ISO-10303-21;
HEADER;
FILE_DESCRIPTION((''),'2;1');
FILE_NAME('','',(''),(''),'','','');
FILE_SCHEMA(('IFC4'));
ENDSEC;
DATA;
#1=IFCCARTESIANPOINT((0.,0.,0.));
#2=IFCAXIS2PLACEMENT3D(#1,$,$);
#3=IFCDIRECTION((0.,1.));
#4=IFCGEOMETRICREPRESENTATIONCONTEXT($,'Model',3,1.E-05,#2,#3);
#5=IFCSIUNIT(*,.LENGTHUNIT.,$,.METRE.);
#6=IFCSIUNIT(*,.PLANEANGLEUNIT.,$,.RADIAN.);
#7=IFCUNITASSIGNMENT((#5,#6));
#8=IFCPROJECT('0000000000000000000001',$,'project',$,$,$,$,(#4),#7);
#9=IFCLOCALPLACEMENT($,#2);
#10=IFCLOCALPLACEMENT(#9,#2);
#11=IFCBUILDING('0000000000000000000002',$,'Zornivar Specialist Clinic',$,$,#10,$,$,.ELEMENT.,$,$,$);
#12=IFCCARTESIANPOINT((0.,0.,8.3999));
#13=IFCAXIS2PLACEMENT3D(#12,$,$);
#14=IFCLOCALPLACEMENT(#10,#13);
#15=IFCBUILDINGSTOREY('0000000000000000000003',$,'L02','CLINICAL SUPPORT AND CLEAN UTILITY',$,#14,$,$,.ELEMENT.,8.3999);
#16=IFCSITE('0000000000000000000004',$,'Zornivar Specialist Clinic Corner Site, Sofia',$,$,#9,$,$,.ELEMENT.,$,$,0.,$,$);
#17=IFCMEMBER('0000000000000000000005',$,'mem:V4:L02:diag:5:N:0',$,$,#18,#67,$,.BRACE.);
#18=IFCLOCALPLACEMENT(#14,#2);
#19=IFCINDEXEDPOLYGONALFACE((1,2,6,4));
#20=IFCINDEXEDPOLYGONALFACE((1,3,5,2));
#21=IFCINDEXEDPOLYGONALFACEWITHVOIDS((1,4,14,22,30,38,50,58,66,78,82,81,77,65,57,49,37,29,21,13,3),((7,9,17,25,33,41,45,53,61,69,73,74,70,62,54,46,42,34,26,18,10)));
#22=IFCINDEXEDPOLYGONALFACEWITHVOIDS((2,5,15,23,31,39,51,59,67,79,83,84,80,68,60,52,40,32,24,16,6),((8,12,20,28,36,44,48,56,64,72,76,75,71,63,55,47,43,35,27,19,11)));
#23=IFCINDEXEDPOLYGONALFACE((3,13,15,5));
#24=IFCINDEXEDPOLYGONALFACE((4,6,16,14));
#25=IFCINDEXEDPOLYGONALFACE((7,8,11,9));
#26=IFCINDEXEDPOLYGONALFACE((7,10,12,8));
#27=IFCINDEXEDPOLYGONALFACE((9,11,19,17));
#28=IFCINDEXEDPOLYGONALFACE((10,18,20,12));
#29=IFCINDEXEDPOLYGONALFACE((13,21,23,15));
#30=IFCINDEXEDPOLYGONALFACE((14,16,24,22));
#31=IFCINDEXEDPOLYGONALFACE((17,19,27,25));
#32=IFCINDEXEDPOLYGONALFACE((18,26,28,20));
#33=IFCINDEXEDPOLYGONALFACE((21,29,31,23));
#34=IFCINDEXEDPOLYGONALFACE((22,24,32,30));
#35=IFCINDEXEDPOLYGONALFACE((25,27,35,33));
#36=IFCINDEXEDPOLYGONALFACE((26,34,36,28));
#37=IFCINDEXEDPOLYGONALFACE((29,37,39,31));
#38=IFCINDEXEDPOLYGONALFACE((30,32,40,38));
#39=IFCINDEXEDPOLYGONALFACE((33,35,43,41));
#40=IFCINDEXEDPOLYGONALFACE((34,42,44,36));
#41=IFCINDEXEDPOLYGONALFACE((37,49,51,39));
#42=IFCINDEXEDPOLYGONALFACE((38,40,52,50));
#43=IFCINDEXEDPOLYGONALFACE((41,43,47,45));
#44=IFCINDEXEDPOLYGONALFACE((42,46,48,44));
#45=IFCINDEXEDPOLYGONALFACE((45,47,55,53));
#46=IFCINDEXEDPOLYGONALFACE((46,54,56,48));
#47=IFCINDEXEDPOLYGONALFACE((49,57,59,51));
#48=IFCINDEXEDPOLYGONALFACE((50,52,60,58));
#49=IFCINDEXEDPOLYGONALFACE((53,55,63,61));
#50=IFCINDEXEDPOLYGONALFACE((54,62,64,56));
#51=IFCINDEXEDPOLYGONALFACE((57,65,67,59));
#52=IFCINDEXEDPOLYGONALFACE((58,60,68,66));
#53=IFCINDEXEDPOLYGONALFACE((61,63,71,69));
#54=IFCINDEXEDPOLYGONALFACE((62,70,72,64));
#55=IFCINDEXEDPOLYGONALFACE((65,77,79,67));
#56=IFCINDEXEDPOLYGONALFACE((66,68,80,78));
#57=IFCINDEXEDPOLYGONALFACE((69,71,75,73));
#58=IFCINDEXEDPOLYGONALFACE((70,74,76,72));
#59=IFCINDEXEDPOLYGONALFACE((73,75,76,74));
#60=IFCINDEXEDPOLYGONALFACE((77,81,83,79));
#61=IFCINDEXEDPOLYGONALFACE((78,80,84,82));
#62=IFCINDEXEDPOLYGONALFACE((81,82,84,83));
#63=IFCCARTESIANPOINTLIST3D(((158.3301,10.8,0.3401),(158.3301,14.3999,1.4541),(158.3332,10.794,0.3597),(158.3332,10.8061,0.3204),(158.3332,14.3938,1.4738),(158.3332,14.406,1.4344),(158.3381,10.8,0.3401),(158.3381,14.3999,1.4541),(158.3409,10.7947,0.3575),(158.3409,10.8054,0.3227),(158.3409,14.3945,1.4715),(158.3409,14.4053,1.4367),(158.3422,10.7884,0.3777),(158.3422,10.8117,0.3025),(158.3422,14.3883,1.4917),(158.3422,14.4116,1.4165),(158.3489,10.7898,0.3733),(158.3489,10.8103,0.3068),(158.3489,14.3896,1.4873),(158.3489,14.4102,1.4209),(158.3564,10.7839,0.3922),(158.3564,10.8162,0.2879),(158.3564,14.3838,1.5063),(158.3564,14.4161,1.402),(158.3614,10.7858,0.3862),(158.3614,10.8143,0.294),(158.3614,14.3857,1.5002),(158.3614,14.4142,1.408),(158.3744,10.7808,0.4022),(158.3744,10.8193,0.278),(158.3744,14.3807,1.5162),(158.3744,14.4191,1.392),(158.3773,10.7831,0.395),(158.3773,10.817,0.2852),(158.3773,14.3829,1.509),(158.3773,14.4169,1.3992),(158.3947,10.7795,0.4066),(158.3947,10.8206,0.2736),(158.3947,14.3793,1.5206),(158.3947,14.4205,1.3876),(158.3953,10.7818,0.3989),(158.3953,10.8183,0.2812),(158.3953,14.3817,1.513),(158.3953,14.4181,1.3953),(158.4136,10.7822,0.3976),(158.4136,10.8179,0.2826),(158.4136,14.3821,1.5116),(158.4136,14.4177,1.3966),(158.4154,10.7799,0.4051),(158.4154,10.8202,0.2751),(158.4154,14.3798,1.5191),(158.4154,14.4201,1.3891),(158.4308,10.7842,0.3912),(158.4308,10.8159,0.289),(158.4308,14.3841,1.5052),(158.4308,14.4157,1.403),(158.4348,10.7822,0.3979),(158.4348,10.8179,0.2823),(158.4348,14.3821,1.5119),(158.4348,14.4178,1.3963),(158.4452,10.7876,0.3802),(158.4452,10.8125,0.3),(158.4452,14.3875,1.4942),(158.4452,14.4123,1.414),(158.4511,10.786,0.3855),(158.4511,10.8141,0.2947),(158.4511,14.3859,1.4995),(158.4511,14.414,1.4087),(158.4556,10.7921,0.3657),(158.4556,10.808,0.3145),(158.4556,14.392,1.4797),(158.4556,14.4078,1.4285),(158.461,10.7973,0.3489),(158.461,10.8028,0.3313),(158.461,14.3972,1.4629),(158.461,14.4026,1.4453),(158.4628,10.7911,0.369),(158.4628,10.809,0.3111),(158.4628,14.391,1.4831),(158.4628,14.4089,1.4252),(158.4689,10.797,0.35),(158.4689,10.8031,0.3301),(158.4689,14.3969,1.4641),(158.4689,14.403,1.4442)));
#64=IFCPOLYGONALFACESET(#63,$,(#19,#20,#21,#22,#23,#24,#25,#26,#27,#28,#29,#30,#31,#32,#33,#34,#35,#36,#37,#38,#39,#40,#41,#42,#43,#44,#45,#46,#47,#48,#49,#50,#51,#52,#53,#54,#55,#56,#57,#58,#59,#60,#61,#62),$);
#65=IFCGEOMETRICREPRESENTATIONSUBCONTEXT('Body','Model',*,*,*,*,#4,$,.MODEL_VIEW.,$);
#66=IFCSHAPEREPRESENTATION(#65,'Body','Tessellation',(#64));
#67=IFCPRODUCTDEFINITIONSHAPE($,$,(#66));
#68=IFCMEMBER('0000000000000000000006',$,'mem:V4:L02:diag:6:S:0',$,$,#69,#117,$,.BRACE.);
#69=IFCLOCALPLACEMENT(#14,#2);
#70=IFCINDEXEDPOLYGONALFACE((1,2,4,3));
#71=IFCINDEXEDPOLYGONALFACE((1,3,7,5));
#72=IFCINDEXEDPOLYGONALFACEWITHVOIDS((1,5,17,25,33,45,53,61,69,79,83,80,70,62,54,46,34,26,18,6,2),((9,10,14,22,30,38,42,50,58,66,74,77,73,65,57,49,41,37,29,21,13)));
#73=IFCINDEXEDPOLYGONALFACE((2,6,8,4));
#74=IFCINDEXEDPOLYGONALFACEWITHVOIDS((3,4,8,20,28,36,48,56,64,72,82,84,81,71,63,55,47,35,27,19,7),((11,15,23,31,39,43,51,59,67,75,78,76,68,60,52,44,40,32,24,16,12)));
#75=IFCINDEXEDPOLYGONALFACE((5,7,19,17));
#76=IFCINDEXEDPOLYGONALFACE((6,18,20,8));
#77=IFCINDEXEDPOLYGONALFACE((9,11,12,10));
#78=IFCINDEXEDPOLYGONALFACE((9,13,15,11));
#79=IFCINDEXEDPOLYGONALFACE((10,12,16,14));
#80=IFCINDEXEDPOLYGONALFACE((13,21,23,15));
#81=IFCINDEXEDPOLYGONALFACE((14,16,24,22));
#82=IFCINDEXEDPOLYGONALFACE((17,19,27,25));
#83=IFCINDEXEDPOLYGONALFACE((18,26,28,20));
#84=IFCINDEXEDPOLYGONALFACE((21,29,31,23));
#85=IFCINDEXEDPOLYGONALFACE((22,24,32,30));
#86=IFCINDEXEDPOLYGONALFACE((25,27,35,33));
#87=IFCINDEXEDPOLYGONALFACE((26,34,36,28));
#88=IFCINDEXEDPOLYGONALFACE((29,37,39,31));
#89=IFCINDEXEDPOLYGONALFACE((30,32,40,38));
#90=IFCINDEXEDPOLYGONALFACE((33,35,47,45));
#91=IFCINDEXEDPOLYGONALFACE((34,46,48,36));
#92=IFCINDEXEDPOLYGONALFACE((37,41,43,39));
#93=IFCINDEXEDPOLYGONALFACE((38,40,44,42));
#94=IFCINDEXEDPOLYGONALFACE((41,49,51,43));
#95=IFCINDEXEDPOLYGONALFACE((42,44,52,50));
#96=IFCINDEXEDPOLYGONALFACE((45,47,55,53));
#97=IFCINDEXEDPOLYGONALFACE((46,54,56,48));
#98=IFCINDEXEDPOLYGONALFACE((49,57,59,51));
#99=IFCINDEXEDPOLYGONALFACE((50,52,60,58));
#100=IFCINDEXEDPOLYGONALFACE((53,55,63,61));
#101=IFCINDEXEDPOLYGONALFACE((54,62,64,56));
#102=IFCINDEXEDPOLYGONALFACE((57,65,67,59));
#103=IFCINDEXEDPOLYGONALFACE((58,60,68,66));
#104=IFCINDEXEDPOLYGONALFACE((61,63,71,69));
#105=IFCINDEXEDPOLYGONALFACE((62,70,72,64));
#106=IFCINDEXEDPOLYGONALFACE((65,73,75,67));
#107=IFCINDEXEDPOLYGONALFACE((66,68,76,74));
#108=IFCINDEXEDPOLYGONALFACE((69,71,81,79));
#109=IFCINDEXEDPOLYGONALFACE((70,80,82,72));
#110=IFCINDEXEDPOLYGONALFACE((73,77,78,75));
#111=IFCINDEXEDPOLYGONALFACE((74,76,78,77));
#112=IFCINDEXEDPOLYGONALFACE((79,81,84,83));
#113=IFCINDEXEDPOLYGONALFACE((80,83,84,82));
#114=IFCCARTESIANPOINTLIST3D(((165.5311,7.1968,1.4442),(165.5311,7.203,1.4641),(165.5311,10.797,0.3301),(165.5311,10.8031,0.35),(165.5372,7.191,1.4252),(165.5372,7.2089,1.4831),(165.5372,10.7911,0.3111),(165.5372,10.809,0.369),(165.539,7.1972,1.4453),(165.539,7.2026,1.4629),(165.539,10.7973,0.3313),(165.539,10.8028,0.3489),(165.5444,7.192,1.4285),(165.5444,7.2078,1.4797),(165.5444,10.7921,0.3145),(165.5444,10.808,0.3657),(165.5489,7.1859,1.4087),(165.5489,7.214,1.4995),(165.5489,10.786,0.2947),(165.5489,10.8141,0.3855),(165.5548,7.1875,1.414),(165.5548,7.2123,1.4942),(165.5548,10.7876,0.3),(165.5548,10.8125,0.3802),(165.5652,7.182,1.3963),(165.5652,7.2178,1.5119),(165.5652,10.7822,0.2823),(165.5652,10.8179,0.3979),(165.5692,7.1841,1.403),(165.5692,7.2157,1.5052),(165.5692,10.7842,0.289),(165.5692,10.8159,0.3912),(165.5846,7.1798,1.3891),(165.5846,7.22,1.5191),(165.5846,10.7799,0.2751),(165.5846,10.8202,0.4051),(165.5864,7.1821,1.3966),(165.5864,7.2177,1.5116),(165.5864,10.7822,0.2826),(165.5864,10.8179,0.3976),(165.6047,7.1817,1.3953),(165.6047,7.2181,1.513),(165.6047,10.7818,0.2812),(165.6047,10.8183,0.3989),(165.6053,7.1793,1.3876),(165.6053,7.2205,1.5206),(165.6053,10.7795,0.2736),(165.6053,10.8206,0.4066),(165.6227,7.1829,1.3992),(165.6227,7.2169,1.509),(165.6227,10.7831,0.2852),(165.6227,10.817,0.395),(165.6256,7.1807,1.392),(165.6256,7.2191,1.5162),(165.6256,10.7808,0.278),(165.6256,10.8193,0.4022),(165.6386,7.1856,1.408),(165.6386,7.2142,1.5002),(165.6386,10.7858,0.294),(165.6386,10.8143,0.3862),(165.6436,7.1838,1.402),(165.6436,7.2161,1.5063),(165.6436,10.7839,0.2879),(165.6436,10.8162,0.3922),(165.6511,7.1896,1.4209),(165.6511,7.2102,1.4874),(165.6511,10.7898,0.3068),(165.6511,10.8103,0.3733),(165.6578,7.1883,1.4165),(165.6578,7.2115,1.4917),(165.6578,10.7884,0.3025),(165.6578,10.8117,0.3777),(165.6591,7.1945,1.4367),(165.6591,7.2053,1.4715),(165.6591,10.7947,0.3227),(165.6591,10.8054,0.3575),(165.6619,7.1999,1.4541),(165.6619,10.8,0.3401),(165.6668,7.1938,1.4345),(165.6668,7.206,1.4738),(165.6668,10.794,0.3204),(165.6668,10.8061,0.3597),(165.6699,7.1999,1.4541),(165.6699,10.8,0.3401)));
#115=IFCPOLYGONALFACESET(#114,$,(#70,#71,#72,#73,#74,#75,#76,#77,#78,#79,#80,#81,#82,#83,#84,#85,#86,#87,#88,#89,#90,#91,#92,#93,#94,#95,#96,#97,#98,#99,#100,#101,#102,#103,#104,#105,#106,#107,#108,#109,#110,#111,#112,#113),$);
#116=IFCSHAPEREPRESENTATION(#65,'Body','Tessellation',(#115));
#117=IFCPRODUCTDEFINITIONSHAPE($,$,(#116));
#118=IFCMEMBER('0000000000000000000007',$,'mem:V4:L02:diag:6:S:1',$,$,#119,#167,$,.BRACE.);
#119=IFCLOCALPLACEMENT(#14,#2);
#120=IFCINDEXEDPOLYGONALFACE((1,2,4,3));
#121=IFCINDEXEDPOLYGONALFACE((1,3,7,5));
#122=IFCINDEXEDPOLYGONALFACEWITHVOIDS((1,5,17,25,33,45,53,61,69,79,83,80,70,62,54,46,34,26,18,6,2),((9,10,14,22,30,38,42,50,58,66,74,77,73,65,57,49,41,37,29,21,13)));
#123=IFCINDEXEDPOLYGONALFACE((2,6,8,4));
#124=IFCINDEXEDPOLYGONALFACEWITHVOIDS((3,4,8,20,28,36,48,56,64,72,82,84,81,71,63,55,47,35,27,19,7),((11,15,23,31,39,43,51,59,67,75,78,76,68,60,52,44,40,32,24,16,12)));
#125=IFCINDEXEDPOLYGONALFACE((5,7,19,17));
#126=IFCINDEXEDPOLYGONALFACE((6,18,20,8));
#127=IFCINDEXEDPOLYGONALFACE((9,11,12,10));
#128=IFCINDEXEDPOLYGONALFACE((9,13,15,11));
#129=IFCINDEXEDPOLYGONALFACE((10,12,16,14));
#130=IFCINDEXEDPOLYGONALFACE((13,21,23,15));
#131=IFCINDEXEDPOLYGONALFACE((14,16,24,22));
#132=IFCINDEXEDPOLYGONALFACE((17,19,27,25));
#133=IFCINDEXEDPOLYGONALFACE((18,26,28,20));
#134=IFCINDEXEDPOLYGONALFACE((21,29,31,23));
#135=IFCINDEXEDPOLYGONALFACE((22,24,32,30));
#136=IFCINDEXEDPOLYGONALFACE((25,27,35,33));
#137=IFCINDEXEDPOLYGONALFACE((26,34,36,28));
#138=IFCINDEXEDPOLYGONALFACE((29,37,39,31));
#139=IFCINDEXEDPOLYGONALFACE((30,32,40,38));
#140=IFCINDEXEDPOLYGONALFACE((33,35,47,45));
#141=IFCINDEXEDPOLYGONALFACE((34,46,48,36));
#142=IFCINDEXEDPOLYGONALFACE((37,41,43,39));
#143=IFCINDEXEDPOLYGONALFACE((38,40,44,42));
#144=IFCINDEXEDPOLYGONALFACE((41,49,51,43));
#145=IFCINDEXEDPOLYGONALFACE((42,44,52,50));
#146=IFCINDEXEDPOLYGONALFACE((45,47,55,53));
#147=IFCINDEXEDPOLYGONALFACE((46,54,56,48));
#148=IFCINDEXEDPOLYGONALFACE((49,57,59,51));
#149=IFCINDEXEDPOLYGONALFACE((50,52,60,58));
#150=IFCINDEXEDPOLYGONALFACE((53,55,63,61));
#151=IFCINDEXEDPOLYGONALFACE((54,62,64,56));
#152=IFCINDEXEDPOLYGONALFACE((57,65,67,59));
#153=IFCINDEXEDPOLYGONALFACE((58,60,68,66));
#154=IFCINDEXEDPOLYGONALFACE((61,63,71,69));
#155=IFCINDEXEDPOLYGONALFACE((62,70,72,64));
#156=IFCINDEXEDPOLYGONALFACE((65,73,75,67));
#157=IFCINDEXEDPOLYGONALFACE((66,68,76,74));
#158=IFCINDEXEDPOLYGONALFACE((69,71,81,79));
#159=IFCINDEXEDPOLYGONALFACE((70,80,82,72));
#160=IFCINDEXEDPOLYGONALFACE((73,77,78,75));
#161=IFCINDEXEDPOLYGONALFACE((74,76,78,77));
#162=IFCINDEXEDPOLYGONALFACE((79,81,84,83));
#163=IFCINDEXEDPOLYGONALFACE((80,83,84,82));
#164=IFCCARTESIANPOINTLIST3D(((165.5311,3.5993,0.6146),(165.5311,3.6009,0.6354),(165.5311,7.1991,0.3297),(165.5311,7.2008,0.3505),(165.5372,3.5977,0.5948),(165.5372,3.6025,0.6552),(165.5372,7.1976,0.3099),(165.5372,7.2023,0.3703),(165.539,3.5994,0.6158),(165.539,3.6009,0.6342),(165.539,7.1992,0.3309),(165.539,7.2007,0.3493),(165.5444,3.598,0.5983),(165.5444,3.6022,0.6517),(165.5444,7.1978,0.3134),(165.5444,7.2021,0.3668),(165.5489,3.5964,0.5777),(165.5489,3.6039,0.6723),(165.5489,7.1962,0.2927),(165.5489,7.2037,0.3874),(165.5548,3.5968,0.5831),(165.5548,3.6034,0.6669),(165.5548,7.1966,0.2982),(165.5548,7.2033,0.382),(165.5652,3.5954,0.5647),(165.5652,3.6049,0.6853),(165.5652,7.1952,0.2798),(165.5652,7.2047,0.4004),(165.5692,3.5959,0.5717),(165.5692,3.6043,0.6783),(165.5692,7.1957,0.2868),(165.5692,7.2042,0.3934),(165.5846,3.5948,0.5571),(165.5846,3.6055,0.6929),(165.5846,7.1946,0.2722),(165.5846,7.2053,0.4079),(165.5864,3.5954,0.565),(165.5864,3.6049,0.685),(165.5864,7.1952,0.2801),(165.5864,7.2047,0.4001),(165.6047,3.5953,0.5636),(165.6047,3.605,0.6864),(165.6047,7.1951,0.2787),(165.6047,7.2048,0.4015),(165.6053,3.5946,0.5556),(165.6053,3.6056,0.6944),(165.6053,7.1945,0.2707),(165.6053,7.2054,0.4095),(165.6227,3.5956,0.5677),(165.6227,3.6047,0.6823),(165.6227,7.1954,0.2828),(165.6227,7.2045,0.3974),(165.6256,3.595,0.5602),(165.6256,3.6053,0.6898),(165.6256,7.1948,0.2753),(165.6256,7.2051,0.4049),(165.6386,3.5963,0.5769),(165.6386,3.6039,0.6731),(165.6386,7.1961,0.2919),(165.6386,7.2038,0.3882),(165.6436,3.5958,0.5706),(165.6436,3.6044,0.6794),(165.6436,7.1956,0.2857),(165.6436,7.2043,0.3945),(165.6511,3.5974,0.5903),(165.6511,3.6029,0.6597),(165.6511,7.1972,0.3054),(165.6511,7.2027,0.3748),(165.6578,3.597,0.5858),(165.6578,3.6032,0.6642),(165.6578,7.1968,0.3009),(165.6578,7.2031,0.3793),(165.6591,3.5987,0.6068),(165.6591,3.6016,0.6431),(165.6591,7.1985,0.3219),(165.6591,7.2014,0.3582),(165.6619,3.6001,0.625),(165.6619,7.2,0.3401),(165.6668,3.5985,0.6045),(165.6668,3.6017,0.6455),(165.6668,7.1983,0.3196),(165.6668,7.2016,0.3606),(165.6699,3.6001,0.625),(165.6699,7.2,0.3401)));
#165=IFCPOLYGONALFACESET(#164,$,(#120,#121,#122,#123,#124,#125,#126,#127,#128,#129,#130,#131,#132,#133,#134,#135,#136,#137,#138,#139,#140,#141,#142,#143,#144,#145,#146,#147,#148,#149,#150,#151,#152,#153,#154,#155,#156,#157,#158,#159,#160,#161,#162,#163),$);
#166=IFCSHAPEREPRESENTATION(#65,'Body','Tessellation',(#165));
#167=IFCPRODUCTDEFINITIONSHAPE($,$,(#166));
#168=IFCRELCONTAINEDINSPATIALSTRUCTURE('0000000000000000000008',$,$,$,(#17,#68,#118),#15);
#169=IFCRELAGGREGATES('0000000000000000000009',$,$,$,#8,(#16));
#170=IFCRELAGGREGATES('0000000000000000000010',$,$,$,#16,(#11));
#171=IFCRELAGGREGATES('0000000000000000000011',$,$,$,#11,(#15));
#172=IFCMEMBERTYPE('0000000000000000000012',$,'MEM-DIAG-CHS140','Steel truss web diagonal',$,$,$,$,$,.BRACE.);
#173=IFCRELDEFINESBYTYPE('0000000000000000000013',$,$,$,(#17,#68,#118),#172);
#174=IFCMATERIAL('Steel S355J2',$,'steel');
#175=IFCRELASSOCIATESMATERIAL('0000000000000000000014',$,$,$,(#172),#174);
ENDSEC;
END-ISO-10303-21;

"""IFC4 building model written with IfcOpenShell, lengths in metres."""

from ifc_helpers import new_model, si_unit, direction, frame, origin, origin_2d, place, context, subcontext, project, spatial, hollow_circle, extrude, material, material_profile, profile_set, type_object, element, save


model = new_model("IFC4")

# Units and contexts
model_context = context("Model", 3, precision=1e-05, world=origin(), true_north=direction((0.0, 1.0)))
body_context = subcontext(model_context, "Body", "Model", "MODEL_VIEW")
ifc_project = project(units=[si_unit("LENGTHUNIT", "METRE"), si_unit("PLANEANGLEUNIT", "RADIAN")], contexts=[model_context])

# Site, building, storey
site_placement = place(None, origin())
site = spatial("IfcSite", under=ifc_project, at=site_placement, Name="Zornivar Specialist Clinic Corner Site, Sofia", CompositionType="ELEMENT", RefElevation=0.0)
building_placement = place(site_placement, origin())
building = spatial("IfcBuilding", under=site, at=building_placement, Name="Zornivar Specialist Clinic", CompositionType="ELEMENT")
storey_placement = place(building_placement, frame((0.0, 0.0, 8.3999)))
storey = spatial("IfcBuildingStorey", under=building, at=storey_placement, Name="L02", Description="CLINICAL SUPPORT AND CLEAN UTILITY", CompositionType="ELEMENT", Elevation=8.3999)

# Members
ifc_material_1 = material(Name="Steel S355J2", Category="steel")
ifc_material_profile_1 = material_profile(ifc_material_1, hollow_circle(Radius=0.0698, WallThickness=0.0081, at=origin_2d()), Name="CHS 139.7x8")
ifc_profile_set_1 = profile_set([ifc_material_profile_1], Name="Steel S355J2")
member_type_1 = type_object("IfcMemberType", Name="MEM-DIAG-CHS140", Description="Steel truss web diagonal", PredefinedType="BRACE", material=ifc_profile_set_1)
member_1_placement = place(storey_placement, frame((158.3999, 10.8, 0.3401), z_axis=(0.0, 0.955303, 0.295629), x_axis=(-1.0, 0.0, 0.0)))
element("IfcMember", 1, at=member_1_placement, inside=storey, type_object=member_type_1, Name="mem:V4:L02:diag:5:N:0", PredefinedType="BRACE", context=body_context, shape_type="SweptSolid", body=[
    extrude(hollow_circle(Radius=0.0698, WallThickness=0.0081, at=origin_2d()), origin(), (0.0, 0.0, 1.0), 3.7683),
])
member_2_placement = place(storey_placement, frame((165.6001, 10.8, 0.3401), z_axis=(0.0, -0.955309, 0.295611), x_axis=(1.0, 0.0, 0.0)))
element("IfcMember", 2, at=member_2_placement, inside=storey, type_object=member_type_1, Name="mem:V4:L02:diag:6:S:0", PredefinedType="BRACE", context=body_context, shape_type="SweptSolid", body=[
    extrude(hollow_circle(Radius=0.0698, WallThickness=0.0081, at=origin_2d()), origin(), (0.0, 0.0, 1.0), 3.7686),
])
member_3_placement = place(storey_placement, frame((165.6001, 7.2, 0.3401), z_axis=(0.0, -0.996883, 0.078899), x_axis=(1.0, 0.0, 0.0)))
element("IfcMember", 3, at=member_3_placement, inside=storey, type_object=member_type_1, Name="mem:V4:L02:diag:6:S:1", PredefinedType="BRACE", context=body_context, shape_type="SweptSolid", body=[
    extrude(hollow_circle(Radius=0.0698, WallThickness=0.0081, at=origin_2d()), origin(), (0.0, 0.0, 1.0), 3.6111),
])

save(model, "model.ifc")
